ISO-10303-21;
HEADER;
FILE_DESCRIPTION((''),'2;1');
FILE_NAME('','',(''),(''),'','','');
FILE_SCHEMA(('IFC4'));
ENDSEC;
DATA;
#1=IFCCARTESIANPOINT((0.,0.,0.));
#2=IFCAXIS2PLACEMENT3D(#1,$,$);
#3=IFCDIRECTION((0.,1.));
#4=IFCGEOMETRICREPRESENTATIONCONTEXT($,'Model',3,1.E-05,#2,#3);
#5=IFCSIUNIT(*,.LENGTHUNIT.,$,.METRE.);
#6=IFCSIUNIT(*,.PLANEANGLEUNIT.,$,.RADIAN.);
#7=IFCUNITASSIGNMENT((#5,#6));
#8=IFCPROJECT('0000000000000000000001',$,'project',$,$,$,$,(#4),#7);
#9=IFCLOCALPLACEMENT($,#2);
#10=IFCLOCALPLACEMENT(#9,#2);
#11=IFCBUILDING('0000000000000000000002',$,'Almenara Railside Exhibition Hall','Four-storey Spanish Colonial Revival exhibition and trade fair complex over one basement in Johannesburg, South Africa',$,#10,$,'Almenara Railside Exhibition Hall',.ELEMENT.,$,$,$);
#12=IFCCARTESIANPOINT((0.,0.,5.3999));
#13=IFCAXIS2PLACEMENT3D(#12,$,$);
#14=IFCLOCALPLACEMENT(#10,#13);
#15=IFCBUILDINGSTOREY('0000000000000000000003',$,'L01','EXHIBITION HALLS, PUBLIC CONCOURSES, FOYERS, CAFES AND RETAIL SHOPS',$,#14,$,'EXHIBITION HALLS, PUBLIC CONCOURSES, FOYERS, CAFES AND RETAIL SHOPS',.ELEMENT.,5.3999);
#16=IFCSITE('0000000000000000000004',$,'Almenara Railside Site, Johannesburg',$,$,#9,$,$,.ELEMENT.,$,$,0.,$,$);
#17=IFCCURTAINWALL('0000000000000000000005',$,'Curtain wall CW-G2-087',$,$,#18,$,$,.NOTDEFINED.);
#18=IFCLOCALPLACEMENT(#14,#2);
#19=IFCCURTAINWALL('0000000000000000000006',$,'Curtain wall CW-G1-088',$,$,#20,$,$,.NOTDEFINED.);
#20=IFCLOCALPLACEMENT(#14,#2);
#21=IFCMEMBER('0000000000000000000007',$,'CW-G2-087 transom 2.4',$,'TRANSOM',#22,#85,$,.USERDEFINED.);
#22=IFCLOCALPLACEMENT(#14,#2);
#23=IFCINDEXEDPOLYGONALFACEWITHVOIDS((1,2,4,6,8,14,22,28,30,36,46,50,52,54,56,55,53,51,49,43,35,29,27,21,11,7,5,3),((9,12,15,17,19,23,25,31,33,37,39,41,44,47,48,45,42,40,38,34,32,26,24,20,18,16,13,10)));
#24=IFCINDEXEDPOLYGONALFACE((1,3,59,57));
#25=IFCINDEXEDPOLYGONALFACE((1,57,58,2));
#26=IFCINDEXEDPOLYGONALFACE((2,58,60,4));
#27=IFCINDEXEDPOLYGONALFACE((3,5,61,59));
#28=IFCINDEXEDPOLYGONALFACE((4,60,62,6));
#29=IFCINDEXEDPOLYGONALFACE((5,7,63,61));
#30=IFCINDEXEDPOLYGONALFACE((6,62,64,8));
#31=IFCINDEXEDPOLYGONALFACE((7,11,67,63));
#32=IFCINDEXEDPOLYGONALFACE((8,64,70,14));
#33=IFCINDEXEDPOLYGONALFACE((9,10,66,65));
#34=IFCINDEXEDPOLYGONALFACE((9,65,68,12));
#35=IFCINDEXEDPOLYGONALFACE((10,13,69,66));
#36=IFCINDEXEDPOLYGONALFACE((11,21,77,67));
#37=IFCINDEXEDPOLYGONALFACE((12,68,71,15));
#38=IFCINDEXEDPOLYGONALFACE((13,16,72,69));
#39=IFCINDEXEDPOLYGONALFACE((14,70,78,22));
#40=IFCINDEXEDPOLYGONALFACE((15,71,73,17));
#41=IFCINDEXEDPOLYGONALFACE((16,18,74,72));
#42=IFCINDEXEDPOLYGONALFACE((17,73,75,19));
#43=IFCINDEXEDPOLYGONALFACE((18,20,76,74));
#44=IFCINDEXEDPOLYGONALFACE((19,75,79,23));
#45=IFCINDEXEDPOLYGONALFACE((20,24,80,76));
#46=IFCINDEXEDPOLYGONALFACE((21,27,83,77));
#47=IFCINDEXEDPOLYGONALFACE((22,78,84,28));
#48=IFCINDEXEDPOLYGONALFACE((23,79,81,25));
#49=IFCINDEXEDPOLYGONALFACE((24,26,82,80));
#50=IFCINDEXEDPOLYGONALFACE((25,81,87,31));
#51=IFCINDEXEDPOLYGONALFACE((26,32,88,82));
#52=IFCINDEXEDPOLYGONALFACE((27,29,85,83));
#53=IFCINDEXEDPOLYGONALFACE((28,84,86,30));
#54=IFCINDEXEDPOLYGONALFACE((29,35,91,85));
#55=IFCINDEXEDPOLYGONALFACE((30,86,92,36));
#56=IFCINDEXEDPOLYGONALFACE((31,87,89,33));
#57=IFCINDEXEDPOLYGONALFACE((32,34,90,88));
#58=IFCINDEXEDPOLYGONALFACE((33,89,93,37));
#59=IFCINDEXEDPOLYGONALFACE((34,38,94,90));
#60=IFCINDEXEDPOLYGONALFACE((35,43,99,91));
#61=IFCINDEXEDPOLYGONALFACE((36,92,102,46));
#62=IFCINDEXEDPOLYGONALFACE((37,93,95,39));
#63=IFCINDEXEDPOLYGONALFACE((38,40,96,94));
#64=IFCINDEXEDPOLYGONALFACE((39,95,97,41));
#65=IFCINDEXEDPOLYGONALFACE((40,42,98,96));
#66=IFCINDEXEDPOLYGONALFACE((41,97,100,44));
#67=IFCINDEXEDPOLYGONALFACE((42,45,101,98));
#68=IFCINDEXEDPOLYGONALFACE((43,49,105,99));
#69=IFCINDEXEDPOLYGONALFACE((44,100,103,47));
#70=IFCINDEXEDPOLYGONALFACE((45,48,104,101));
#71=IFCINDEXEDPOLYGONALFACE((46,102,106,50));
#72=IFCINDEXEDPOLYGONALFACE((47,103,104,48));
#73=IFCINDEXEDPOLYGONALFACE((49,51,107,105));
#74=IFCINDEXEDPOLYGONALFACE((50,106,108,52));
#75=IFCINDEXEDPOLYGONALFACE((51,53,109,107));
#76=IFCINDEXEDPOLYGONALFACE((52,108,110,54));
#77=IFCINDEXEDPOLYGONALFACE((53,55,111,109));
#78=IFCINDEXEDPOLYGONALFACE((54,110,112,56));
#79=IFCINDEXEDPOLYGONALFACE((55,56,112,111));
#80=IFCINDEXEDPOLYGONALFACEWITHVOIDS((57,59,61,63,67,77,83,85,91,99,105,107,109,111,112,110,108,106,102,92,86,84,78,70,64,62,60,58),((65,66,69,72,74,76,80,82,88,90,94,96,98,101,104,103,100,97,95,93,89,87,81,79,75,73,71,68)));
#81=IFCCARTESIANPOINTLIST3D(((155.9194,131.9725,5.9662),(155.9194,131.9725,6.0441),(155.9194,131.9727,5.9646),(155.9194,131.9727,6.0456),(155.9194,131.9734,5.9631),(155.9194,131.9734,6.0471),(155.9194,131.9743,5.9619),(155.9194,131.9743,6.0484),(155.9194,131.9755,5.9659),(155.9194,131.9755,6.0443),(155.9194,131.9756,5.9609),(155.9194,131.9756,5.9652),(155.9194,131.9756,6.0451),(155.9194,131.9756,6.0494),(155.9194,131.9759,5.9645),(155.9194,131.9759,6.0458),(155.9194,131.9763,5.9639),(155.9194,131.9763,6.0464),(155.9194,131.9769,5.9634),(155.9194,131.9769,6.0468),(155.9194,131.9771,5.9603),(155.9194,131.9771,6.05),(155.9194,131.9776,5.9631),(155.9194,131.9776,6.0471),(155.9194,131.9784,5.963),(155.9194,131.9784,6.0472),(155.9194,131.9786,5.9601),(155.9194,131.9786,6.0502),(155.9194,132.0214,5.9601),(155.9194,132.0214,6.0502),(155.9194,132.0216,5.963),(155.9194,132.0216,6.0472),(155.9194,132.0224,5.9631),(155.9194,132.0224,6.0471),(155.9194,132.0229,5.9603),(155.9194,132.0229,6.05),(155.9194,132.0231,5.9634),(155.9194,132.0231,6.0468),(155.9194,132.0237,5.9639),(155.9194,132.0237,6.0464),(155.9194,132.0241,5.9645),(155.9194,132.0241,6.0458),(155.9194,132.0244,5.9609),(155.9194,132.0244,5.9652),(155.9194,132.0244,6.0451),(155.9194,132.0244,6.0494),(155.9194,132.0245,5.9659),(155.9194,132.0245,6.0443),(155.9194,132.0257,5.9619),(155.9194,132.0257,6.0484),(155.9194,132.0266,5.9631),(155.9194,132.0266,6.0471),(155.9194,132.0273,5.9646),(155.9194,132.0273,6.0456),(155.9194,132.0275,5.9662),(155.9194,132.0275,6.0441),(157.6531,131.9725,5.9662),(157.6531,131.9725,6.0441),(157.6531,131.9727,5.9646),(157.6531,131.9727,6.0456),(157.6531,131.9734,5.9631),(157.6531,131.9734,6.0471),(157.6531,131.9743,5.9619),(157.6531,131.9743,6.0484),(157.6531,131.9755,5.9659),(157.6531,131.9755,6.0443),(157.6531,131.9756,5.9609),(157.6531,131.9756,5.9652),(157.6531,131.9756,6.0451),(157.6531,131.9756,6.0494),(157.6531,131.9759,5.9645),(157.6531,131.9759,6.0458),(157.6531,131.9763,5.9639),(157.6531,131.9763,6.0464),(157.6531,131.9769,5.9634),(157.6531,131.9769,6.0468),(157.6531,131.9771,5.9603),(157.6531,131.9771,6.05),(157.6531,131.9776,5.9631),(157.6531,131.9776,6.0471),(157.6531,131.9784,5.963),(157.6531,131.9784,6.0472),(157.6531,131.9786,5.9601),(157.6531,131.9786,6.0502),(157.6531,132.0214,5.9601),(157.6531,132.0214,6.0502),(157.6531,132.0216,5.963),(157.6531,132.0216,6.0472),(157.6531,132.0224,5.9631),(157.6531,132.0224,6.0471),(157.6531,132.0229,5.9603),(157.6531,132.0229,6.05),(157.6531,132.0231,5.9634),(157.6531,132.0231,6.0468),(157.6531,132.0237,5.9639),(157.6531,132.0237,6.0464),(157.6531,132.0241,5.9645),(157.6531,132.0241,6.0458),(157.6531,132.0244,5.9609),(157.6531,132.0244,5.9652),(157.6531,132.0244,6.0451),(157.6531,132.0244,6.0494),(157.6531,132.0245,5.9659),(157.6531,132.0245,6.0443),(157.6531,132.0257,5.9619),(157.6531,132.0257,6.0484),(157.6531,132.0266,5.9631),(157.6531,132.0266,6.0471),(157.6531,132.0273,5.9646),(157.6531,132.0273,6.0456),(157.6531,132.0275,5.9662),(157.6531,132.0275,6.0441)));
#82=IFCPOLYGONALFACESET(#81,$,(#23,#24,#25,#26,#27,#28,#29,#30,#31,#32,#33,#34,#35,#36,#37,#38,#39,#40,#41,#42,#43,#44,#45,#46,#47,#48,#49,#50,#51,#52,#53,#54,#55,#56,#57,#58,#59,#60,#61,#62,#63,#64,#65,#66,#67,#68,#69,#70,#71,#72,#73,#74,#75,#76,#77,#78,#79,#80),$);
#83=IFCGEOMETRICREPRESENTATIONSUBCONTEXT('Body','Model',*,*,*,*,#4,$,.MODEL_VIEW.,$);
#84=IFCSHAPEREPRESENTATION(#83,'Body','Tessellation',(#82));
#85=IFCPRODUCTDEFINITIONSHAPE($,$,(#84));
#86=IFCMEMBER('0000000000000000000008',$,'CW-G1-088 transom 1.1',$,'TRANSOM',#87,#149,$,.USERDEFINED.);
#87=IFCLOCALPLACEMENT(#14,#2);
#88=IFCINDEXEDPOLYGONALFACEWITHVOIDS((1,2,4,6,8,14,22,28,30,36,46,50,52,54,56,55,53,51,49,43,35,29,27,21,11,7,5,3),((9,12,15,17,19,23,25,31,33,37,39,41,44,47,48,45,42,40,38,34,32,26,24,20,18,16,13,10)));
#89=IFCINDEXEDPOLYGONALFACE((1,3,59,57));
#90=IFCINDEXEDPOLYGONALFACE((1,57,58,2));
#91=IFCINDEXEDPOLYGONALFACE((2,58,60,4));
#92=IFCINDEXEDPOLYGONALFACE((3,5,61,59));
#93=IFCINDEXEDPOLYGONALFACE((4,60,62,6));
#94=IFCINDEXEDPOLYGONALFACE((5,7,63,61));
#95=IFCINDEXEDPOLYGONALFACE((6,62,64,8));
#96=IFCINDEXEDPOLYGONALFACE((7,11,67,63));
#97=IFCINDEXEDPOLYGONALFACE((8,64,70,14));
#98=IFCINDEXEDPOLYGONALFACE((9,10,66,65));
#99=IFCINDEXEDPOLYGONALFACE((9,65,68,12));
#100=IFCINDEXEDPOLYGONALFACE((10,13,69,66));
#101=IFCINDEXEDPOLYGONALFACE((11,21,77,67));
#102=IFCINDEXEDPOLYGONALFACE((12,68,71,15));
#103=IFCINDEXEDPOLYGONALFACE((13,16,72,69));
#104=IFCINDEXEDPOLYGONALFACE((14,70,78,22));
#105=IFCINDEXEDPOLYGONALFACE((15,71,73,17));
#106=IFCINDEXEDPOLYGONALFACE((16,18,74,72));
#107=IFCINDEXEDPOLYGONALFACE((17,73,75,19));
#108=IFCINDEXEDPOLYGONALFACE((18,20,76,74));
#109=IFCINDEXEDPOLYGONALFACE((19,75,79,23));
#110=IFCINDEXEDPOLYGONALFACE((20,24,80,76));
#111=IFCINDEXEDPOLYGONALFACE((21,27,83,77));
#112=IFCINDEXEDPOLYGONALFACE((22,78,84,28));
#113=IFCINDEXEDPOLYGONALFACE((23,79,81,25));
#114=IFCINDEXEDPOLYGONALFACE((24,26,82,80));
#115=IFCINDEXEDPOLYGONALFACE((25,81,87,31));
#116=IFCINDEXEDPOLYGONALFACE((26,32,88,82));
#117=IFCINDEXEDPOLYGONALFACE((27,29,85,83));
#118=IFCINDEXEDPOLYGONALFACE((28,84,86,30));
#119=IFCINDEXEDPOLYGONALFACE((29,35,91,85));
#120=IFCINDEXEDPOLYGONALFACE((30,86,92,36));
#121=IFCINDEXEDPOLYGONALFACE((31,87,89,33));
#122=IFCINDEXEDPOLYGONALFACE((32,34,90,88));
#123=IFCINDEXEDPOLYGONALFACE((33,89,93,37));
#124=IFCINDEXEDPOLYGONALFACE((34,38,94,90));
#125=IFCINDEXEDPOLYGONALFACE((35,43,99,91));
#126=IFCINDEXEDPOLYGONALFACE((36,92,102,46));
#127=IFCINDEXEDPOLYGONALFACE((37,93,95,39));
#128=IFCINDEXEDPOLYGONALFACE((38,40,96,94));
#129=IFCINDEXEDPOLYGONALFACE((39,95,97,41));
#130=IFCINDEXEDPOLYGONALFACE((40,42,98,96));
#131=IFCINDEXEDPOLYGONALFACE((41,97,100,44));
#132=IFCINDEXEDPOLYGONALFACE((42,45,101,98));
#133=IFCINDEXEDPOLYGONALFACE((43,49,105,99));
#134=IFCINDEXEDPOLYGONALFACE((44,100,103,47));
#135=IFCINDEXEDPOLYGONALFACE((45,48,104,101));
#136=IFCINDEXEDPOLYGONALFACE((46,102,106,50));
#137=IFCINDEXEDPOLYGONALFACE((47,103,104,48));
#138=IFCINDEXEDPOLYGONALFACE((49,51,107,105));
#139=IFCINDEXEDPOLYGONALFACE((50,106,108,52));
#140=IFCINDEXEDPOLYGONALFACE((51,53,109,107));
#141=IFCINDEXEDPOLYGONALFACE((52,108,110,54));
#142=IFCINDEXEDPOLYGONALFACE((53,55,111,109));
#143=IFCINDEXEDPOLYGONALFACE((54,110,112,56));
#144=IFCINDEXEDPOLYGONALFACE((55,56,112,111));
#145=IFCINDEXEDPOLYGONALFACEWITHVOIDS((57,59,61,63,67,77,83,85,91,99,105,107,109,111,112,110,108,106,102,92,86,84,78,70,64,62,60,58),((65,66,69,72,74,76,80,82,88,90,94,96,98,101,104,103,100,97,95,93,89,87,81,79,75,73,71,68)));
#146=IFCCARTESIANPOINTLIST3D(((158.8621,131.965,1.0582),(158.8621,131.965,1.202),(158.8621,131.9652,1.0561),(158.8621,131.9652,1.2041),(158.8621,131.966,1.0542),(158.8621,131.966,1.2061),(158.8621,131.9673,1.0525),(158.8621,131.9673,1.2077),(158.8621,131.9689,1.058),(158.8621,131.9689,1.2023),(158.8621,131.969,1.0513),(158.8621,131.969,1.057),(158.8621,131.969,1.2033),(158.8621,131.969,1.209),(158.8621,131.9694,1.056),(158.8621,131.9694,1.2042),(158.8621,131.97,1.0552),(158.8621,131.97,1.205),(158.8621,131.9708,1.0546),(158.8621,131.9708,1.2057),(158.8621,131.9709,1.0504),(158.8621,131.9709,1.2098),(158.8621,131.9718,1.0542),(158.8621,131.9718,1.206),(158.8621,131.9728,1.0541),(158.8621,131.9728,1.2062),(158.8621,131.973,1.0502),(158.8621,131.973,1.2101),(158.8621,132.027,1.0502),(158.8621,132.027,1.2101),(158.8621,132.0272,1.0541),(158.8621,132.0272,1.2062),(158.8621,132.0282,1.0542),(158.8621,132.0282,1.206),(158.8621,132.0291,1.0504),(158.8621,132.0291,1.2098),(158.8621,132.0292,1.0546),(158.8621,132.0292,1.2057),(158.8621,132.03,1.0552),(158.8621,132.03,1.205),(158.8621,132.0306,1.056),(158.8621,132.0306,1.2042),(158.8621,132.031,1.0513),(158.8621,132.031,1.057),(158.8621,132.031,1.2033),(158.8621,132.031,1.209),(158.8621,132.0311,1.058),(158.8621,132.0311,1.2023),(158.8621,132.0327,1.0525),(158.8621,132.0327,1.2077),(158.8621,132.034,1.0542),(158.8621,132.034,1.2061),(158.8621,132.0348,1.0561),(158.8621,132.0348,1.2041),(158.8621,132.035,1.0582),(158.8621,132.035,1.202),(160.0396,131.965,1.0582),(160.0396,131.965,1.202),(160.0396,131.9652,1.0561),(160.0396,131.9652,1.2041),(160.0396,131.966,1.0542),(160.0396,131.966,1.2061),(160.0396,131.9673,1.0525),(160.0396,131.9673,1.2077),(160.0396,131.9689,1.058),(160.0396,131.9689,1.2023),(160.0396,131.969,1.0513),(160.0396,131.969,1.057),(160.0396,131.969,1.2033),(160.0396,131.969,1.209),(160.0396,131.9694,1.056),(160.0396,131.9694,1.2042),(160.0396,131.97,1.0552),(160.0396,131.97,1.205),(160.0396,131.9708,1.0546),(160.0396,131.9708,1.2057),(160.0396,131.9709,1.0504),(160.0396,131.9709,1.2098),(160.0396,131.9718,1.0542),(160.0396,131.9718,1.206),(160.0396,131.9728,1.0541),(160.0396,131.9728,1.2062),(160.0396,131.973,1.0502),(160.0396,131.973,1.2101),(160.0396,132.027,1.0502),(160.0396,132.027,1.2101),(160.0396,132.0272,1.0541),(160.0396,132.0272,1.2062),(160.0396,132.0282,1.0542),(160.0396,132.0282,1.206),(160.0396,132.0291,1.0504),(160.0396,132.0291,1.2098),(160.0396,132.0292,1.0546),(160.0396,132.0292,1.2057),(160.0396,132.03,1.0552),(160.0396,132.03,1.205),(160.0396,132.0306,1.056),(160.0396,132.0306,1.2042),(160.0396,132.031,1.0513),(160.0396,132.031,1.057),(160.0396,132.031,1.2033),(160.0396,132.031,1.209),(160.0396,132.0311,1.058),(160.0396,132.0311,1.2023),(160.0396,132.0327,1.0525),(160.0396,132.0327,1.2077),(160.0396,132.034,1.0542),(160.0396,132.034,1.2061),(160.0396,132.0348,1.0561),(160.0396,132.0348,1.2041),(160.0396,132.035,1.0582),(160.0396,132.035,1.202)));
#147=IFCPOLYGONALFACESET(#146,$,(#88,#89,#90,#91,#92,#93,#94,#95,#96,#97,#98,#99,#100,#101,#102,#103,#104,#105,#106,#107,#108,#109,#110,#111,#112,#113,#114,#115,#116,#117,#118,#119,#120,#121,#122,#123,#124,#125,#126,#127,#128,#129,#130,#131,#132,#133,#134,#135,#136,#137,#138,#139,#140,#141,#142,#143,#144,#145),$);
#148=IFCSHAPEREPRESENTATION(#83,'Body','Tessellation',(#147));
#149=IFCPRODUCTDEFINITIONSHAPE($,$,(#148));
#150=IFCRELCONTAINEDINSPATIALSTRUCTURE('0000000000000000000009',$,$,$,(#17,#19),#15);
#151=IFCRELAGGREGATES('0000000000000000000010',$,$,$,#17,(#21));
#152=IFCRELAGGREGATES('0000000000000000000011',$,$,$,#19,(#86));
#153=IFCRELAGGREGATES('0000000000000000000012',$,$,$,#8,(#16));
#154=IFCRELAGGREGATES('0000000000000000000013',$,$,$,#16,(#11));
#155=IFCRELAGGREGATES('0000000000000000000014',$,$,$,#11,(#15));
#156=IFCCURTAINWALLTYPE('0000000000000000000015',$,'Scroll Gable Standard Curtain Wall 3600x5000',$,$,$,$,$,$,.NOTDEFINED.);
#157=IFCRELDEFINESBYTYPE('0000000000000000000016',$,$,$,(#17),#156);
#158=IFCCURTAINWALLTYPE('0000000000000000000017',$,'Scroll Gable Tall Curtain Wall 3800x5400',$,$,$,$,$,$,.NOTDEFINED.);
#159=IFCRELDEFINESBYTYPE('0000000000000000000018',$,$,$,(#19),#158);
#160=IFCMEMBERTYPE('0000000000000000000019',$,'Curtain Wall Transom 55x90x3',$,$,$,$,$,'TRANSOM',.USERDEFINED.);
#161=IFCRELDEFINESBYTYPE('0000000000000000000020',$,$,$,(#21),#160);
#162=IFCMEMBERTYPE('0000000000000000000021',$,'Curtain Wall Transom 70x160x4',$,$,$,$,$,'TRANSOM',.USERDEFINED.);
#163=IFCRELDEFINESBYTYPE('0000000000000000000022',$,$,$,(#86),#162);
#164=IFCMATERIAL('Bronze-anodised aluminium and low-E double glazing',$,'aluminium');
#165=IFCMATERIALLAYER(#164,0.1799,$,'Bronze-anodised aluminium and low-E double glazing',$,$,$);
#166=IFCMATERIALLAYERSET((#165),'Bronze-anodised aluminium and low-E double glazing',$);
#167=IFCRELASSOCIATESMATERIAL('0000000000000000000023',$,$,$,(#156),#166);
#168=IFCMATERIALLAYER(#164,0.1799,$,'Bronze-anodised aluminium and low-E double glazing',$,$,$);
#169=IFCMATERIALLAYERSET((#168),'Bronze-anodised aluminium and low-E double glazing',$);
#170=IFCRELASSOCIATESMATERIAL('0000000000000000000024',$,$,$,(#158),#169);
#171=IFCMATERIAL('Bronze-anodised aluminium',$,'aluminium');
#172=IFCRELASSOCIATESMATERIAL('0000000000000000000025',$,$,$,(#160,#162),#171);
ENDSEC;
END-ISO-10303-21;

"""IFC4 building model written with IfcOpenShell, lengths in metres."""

from ifc_helpers import new_model, si_unit, direction, frame, origin, origin_2d, place, context, subcontext, project, spatial, hollow_rectangle, extrude, material, layer, layer_set, material_profile, profile_set, type_object, element, aggregate, save


model = new_model("IFC4")

# Units and contexts
model_context = context("Model", 3, precision=1e-05, world=origin(), true_north=direction((0.0, 1.0)))
body_context = subcontext(model_context, "Body", "Model", "MODEL_VIEW")
ifc_project = project(units=[si_unit("LENGTHUNIT", "METRE"), si_unit("PLANEANGLEUNIT", "RADIAN")], contexts=[model_context])

# Site, building, storey
site_placement = place(None, origin())
site = spatial("IfcSite", under=ifc_project, at=site_placement, Name="Almenara Railside Site, Johannesburg", CompositionType="ELEMENT", RefElevation=0.0)
building_placement = place(site_placement, origin())
building = spatial("IfcBuilding", under=site, at=building_placement, Name="Almenara Railside Exhibition Hall", Description="Four-storey Spanish Colonial Revival exhibition and trade fair complex over one basement in Johannesburg, South Africa", LongName="Almenara Railside Exhibition Hall", CompositionType="ELEMENT")
storey_placement = place(building_placement, frame((0.0, 0.0, 5.3999)))
storey = spatial("IfcBuildingStorey", under=building, at=storey_placement, Name="L01", Description="EXHIBITION HALLS, PUBLIC CONCOURSES, FOYERS, CAFES AND RETAIL SHOPS", LongName="EXHIBITION HALLS, PUBLIC CONCOURSES, FOYERS, CAFES AND RETAIL SHOPS", CompositionType="ELEMENT", Elevation=5.3999)

# Curtain walls
ifc_material_1 = material(Name="Bronze-anodised aluminium and low-E double glazing", Category="aluminium")
ifc_layer_1 = layer(ifc_material_1, 0.1799, Name="Bronze-anodised aluminium and low-E double glazing")
ifc_layer_set_1 = layer_set([ifc_layer_1], Name="Bronze-anodised aluminium and low-E double glazing")
curtain_wall_type_1 = type_object("IfcCurtainWallType", Name="Scroll Gable Standard Curtain Wall 3600x5000", PredefinedType="NOTDEFINED", material=ifc_layer_set_1)
curtain_wall_1_placement = place(storey_placement, origin())
curtain_wall_1 = element("IfcCurtainWall", 1, at=curtain_wall_1_placement, inside=storey, type_object=curtain_wall_type_1, Name="Curtain wall CW-G2-087", PredefinedType="NOTDEFINED")
ifc_material_2 = material(Name="Bronze-anodised aluminium", Category="aluminium")
ifc_layer_2 = layer(ifc_material_1, 0.1799, Name="Bronze-anodised aluminium and low-E double glazing")
ifc_layer_set_2 = layer_set([ifc_layer_2], Name="Bronze-anodised aluminium and low-E double glazing")
curtain_wall_type_2 = type_object("IfcCurtainWallType", Name="Scroll Gable Tall Curtain Wall 3800x5400", PredefinedType="NOTDEFINED", material=ifc_layer_set_2)
curtain_wall_2_placement = place(storey_placement, origin())
curtain_wall_2 = element("IfcCurtainWall", 2, at=curtain_wall_2_placement, inside=storey, type_object=curtain_wall_type_2, Name="Curtain wall CW-G1-088", PredefinedType="NOTDEFINED")

# Members
ifc_material_profile_1 = material_profile(ifc_material_2, hollow_rectangle(XDim=0.0549, YDim=0.0901, WallThickness=0.0029, InnerFilletRadius=0.0029, OuterFilletRadius=0.0061, at=origin_2d()), Name="ALU-TRN 55x90x3")
ifc_profile_set_1 = profile_set([ifc_material_profile_1], Name="Bronze-anodised aluminium")
member_type_1 = type_object("IfcMemberType", Name="Curtain Wall Transom 55x90x3", ElementType="TRANSOM", PredefinedType="USERDEFINED", material=ifc_profile_set_1)
member_1_placement = place(storey_placement, frame((155.9194, 132.0, 6.0051), z_axis=(1.0, 0.0, 0.0), x_axis=(0.0, 1.0, 0.0)))
member_1 = element("IfcMember", 3, at=member_1_placement, type_object=member_type_1, Name="CW-G2-087 transom 2.4", ObjectType="TRANSOM", PredefinedType="USERDEFINED", context=body_context, shape_type="SweptSolid", body=[
    extrude(hollow_rectangle(XDim=0.0549, YDim=0.0901, WallThickness=0.0029, InnerFilletRadius=0.0029, OuterFilletRadius=0.0061, at=origin_2d()), origin(), (0.0, 0.0, 1.0), 1.7336),
])
ifc_material_profile_2 = material_profile(ifc_material_2, hollow_rectangle(XDim=0.0701, YDim=0.1599, WallThickness=0.0039, InnerFilletRadius=0.0039, OuterFilletRadius=0.0081, at=origin_2d()), Name="ALU-TRN 70x160x4")
ifc_profile_set_2 = profile_set([ifc_material_profile_2], Name="Bronze-anodised aluminium")
member_type_2 = type_object("IfcMemberType", Name="Curtain Wall Transom 70x160x4", ElementType="TRANSOM", PredefinedType="USERDEFINED", material=ifc_profile_set_2)
member_2_placement = place(storey_placement, frame((158.8621, 132.0, 1.1301), z_axis=(1.0, 0.0, 0.0), x_axis=(0.0, 1.0, 0.0)))
member_2 = element("IfcMember", 4, at=member_2_placement, type_object=member_type_2, Name="CW-G1-088 transom 1.1", ObjectType="TRANSOM", PredefinedType="USERDEFINED", context=body_context, shape_type="SweptSolid", body=[
    extrude(hollow_rectangle(XDim=0.0701, YDim=0.1599, WallThickness=0.0039, InnerFilletRadius=0.0039, OuterFilletRadius=0.0081, at=origin_2d()), origin(), (0.0, 0.0, 1.0), 1.1775),
])

aggregate(curtain_wall_1, [member_1])
aggregate(curtain_wall_2, [member_2])

save(model, "model.ifc")
